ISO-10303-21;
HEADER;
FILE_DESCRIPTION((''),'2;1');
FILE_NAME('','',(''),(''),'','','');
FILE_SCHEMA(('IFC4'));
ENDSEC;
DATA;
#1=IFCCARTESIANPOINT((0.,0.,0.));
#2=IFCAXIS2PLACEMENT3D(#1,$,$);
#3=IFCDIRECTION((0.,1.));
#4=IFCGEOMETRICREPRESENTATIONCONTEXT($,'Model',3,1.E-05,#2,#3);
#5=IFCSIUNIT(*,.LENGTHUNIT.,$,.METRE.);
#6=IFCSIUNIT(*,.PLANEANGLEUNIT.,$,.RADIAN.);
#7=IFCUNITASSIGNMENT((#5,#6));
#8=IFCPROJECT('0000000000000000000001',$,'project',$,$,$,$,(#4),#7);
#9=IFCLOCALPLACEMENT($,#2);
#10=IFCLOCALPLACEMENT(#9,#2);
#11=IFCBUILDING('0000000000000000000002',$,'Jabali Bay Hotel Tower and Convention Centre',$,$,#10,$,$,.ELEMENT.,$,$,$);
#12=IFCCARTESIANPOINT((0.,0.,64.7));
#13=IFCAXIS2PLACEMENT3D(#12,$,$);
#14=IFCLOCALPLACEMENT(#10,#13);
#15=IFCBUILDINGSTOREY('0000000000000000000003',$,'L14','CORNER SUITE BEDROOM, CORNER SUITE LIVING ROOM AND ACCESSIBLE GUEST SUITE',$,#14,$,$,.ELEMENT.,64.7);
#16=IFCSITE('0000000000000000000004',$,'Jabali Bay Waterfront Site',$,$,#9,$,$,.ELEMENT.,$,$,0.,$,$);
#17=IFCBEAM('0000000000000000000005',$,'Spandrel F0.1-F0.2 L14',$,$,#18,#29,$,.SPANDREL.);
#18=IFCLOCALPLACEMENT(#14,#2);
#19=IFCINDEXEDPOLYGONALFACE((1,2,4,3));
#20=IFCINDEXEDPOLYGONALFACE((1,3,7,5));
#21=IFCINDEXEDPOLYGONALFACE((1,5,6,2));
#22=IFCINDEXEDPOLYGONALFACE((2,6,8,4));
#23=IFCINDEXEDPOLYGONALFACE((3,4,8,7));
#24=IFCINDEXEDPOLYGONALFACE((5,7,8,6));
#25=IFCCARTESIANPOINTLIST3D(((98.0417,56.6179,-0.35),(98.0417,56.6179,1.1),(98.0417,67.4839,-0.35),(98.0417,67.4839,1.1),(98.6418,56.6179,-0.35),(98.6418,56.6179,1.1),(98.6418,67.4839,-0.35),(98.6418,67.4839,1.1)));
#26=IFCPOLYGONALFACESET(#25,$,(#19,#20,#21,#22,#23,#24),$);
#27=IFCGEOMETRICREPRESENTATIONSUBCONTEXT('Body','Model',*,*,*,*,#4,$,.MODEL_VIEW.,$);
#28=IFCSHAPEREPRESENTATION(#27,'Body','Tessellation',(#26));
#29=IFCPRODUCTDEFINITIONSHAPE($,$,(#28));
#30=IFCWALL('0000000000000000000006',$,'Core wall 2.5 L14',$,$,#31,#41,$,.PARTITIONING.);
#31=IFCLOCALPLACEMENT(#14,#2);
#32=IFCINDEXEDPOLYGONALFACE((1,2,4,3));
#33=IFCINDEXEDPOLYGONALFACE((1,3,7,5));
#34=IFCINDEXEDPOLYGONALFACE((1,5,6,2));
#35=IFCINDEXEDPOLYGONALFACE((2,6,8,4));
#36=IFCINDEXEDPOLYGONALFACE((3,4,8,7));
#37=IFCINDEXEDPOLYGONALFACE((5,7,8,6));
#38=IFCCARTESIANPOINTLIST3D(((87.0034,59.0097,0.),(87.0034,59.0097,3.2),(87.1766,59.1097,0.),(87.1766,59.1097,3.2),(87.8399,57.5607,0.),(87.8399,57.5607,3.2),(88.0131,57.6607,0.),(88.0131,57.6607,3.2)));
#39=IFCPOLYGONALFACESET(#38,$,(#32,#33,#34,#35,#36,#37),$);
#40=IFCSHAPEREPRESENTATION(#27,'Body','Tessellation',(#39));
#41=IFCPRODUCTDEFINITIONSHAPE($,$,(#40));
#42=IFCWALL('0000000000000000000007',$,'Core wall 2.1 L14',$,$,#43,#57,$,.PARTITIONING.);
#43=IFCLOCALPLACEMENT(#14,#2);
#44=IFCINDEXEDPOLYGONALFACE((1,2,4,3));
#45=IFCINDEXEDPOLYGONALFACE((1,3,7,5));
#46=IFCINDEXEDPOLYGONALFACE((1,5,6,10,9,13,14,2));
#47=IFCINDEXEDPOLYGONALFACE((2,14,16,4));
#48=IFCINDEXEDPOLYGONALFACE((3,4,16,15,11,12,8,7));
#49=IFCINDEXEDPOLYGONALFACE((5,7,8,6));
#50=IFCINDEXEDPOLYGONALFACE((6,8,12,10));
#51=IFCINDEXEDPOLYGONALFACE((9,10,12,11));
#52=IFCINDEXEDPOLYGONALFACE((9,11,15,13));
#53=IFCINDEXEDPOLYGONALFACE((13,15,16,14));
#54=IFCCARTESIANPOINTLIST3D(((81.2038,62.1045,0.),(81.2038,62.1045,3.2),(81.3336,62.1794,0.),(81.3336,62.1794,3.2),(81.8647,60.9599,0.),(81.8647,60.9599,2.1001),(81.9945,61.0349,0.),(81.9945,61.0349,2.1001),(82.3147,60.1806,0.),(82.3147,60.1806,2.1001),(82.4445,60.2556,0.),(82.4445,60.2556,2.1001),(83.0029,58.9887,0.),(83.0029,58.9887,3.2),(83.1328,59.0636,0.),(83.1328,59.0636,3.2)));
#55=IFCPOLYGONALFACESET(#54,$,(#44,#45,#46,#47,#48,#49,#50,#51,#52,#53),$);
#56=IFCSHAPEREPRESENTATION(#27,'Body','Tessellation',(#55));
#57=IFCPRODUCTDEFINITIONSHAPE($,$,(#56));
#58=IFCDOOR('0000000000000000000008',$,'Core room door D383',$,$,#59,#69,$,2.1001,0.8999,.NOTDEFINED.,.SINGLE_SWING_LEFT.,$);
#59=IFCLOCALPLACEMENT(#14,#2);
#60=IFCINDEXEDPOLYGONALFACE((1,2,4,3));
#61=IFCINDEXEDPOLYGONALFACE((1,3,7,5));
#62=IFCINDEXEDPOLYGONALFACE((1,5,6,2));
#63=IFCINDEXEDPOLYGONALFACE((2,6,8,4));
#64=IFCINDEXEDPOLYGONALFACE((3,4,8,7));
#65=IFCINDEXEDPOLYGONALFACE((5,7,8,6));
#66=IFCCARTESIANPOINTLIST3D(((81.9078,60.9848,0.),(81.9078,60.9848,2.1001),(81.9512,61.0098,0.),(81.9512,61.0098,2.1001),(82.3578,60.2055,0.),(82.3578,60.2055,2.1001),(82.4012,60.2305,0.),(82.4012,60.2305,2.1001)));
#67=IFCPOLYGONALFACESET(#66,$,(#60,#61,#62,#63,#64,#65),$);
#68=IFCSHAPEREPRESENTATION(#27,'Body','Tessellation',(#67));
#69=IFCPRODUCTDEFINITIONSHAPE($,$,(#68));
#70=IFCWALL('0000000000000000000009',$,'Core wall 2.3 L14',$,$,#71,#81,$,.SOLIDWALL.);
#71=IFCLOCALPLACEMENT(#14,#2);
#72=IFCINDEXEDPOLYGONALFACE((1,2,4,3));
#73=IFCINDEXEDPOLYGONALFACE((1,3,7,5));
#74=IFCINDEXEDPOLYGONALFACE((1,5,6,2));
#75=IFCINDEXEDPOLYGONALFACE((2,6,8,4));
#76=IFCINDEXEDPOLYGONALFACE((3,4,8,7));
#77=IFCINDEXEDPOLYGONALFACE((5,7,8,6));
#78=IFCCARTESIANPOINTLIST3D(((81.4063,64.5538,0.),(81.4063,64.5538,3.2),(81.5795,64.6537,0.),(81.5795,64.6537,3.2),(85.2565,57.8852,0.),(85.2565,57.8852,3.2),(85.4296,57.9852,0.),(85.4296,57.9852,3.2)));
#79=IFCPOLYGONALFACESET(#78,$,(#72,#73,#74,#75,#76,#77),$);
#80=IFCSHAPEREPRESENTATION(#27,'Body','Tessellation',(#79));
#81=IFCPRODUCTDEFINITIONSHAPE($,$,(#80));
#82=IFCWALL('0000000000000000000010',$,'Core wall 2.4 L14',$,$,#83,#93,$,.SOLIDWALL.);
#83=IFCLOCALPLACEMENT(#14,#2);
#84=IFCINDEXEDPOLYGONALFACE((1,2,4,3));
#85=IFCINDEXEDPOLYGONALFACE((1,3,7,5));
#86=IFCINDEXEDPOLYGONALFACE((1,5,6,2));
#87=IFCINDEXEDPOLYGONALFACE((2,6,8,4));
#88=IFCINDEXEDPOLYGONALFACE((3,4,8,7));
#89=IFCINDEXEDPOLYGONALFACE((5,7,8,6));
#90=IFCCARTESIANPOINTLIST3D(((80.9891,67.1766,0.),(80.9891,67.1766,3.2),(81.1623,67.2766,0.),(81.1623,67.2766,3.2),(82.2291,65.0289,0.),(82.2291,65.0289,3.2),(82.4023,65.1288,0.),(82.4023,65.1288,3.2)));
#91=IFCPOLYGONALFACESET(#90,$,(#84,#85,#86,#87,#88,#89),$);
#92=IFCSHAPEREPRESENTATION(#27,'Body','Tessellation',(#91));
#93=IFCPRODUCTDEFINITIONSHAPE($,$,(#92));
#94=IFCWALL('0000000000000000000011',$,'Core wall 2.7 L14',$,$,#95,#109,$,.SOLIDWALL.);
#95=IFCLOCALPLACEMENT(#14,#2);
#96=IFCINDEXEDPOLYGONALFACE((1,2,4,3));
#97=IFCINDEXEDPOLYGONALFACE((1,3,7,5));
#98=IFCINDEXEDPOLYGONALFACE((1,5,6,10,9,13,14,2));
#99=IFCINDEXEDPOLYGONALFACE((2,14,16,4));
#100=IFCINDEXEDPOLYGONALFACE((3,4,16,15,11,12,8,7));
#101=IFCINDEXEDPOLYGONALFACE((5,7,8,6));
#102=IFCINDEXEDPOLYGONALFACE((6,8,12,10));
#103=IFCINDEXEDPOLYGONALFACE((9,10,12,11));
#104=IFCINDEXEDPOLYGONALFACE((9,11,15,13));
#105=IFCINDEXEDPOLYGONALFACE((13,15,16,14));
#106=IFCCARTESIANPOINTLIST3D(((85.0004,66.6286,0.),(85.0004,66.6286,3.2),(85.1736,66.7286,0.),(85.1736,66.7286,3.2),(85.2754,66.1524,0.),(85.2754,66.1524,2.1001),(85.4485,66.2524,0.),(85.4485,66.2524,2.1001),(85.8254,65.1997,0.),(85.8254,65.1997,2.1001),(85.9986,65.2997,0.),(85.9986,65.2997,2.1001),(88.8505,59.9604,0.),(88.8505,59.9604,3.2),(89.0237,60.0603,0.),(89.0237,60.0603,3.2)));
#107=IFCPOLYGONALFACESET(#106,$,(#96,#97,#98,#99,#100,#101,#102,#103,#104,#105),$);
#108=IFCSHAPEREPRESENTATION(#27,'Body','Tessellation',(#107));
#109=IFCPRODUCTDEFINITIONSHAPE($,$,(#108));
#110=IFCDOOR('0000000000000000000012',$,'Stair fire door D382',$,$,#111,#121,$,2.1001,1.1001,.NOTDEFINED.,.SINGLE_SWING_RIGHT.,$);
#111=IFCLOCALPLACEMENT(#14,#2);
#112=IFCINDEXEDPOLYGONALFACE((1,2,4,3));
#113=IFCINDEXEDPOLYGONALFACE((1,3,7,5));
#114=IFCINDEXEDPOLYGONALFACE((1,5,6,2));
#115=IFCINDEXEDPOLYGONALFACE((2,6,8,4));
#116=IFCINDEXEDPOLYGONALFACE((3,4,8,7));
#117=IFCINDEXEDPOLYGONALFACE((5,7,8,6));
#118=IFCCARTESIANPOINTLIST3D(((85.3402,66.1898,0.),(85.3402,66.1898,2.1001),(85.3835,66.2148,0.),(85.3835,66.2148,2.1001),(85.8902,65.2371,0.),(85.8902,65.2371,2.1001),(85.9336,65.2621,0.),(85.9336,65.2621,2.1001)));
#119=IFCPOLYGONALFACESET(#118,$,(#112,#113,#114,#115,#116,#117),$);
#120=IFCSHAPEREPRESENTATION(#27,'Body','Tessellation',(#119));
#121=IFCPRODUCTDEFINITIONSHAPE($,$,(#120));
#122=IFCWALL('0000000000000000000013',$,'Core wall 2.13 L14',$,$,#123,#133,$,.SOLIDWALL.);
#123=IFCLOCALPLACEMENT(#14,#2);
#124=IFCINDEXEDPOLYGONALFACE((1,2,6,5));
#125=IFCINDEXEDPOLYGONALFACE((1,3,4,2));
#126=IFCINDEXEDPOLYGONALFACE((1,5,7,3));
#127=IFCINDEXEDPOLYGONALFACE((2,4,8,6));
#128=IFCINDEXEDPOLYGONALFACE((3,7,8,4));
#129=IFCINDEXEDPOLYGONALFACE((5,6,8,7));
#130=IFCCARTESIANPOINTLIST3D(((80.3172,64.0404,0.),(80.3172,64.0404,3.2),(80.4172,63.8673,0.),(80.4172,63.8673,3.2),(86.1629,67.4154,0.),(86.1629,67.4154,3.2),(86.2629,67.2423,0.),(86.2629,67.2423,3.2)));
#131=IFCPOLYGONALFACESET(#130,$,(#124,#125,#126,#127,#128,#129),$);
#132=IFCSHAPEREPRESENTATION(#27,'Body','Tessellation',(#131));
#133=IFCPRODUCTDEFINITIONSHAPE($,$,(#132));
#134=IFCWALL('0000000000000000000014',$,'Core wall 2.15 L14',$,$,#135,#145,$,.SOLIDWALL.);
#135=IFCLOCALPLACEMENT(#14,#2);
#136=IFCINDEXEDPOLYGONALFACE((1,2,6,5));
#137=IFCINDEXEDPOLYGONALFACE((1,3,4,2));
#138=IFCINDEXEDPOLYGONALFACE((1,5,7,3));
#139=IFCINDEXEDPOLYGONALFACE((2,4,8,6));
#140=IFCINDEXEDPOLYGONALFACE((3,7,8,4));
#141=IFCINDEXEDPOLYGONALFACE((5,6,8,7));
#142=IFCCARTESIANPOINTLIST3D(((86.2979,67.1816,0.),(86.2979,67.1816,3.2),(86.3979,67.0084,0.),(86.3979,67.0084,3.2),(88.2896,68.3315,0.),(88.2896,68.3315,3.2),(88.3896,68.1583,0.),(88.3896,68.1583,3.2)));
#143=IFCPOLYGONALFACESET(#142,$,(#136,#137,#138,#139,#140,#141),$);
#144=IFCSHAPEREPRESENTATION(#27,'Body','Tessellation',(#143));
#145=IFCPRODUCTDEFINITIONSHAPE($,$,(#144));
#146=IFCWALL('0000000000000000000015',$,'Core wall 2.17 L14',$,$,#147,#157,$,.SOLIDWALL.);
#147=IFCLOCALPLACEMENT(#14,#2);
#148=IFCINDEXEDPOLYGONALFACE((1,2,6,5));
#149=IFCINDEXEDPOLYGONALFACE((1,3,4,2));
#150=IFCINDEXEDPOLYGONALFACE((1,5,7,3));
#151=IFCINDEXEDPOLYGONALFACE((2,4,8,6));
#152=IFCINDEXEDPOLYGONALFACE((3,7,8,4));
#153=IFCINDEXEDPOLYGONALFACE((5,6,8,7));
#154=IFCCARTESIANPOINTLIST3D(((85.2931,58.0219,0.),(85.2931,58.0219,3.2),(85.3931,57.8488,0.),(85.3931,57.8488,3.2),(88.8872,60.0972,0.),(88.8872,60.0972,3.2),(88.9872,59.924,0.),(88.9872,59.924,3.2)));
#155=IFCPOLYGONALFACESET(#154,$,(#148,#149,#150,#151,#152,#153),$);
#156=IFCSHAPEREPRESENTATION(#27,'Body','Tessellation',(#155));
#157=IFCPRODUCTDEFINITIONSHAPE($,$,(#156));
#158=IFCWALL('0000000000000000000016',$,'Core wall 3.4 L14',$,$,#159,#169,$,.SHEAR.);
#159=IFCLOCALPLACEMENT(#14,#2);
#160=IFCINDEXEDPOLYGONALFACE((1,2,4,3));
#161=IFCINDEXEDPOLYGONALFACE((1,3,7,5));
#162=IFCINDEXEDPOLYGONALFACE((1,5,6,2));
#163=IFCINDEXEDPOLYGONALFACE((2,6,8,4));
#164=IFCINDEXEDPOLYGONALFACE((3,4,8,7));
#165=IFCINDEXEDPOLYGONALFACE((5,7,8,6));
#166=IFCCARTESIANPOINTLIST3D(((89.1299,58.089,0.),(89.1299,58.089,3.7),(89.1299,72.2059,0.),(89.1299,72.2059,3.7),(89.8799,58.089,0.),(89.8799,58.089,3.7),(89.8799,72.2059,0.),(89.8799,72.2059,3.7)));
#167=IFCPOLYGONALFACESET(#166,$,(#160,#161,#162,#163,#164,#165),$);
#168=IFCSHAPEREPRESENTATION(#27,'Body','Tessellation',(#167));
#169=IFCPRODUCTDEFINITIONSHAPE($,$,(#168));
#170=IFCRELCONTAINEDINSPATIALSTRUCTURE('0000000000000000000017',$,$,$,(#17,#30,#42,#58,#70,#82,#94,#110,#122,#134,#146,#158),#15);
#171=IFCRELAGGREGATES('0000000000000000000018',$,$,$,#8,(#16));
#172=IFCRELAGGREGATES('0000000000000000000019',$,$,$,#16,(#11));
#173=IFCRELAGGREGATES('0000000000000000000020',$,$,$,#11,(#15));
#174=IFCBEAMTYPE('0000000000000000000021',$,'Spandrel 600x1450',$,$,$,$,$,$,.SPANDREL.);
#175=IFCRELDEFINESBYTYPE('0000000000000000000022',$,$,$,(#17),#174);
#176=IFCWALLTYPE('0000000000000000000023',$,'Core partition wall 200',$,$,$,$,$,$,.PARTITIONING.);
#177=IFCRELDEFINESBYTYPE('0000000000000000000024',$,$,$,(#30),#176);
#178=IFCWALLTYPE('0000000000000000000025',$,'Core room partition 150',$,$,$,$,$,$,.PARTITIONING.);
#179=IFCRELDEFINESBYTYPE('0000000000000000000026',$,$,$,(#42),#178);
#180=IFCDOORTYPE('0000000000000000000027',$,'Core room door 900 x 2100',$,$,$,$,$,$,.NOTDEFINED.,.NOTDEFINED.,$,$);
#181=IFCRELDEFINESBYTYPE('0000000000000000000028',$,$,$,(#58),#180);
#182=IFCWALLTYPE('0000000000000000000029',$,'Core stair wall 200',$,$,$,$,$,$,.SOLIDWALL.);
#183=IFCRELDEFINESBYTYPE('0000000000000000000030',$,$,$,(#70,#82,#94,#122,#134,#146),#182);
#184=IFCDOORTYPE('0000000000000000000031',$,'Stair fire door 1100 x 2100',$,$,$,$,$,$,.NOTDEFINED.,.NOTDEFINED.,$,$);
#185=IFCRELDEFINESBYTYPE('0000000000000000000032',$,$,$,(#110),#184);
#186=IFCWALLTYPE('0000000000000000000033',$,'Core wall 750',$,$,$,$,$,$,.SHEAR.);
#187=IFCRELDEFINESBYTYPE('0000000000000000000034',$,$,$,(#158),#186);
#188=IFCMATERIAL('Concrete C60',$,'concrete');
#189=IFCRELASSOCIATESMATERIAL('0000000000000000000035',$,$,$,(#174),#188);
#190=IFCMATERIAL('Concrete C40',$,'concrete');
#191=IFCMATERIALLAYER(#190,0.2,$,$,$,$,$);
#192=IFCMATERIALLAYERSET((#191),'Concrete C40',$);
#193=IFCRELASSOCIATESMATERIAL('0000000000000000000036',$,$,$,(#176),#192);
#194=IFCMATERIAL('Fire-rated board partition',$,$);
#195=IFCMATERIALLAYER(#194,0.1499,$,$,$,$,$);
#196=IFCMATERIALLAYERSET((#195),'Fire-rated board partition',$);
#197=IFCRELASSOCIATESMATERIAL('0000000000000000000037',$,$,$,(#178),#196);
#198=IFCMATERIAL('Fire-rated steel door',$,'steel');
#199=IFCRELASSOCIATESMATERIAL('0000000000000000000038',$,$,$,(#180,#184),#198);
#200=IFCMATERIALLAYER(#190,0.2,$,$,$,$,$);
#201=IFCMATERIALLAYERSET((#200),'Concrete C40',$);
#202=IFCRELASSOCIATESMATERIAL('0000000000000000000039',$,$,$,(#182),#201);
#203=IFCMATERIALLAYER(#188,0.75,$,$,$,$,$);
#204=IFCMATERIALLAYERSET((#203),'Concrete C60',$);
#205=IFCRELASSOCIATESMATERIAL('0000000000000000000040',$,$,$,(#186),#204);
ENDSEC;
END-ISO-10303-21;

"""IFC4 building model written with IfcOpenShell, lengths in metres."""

from ifc_helpers import new_model, si_unit, direction, frame, frame_2d, origin, origin_2d, place, context, subcontext, project, spatial, rectangle, extrude, material, layer, layer_set, material_profile, profile_set, type_object, element, fill, save


model = new_model("IFC4")

# Units and contexts
model_context = context("Model", 3, precision=1e-05, world=origin(), true_north=direction((0.0, 1.0)))
body_context = subcontext(model_context, "Body", "Model", "MODEL_VIEW")
ifc_project = project(units=[si_unit("LENGTHUNIT", "METRE"), si_unit("PLANEANGLEUNIT", "RADIAN")], contexts=[model_context])

# Site, building, storey
site_placement = place(None, origin())
site = spatial("IfcSite", under=ifc_project, at=site_placement, Name="Jabali Bay Waterfront Site", CompositionType="ELEMENT", RefElevation=0.0)
building_placement = place(site_placement, origin())
building = spatial("IfcBuilding", under=site, at=building_placement, Name="Jabali Bay Hotel Tower and Convention Centre", CompositionType="ELEMENT")
storey_placement = place(building_placement, frame((0.0, 0.0, 64.7)))
storey = spatial("IfcBuildingStorey", under=building, at=storey_placement, Name="L14", Description="CORNER SUITE BEDROOM, CORNER SUITE LIVING ROOM AND ACCESSIBLE GUEST SUITE", CompositionType="ELEMENT", Elevation=64.7)

# Beam
ifc_material_1 = material(Name="Concrete C60", Category="concrete")
ifc_material_profile = material_profile(ifc_material_1, rectangle(XDim=0.6001, YDim=1.45, at=origin_2d()), Name="Spandrel 600x1450")
ifc_profile_set = profile_set([ifc_material_profile], Name="Concrete C60")
beam_type = type_object("IfcBeamType", Name="Spandrel 600x1450", PredefinedType="SPANDREL", material=ifc_profile_set)
beam_placement = place(storey_placement, frame((98.3418, 56.6179, 0.375), z_axis=(0.0, 1.0, 0.0), x_axis=(-1.0, 0.0, 0.0)))
element("IfcBeam", 1, at=beam_placement, inside=storey, type_object=beam_type, Name="Spandrel F0.1-F0.2 L14", PredefinedType="SPANDREL", context=body_context, shape_type="SweptSolid", body=[
    extrude(rectangle(XDim=0.6001, YDim=1.45, at=origin_2d()), origin(), (0.0, 0.0, 1.0), 10.866),
])

# Wall
ifc_material_2 = material(Name="Concrete C40", Category="concrete")
ifc_layer_1 = layer(ifc_material_2, 0.2)
ifc_layer_set_1 = layer_set([ifc_layer_1], Name="Concrete C40")
wall_type_1 = type_object("IfcWallType", Name="Core partition wall 200", PredefinedType="PARTITIONING", material=ifc_layer_set_1)
wall_1_placement = place(storey_placement, frame((87.0901, 59.0596, 0.0), z_axis=(0.0, 0.0, 1.0), x_axis=(0.499937, -0.866062, 0.0)))
element("IfcWall", 2, at=wall_1_placement, inside=storey, type_object=wall_type_1, Name="Core wall 2.5 L14", PredefinedType="PARTITIONING", context=body_context, shape_type="SweptSolid", body=[
    extrude(rectangle(XDim=1.6731, YDim=0.2, at=frame_2d((0.8364, 0.0))), origin(), (0.0, 0.0, 1.0), 3.2),
])

# Wall, opening, door
ifc_material_3 = material(Name="Fire-rated board partition")
ifc_layer_2 = layer(ifc_material_3, 0.1499)
ifc_layer_set_2 = layer_set([ifc_layer_2], Name="Fire-rated board partition")
wall_type_2 = type_object("IfcWallType", Name="Core room partition 150", PredefinedType="PARTITIONING", material=ifc_layer_set_2)
wall_2_placement = place(storey_placement, frame((81.2688, 62.1418, 0.0), z_axis=(0.0, 0.0, 1.0), x_axis=(0.500044, -0.866, 0.0)))
wall_2 = element("IfcWall", 3, at=wall_2_placement, inside=storey, type_object=wall_type_2, Name="Core wall 2.1 L14", PredefinedType="PARTITIONING", context=body_context, shape_type="SweptSolid", body=[
    extrude(rectangle(XDim=3.5979, YDim=0.1499, at=frame_2d((1.7988, 0.0))), origin(), (0.0, 0.0, 1.0), 3.2),
])
opening_1_placement = place(wall_2_placement, frame((1.3215, 0.0, 0.0)))
opening_1 = element("IfcOpeningElement", 4, at=opening_1_placement, cuts=wall_2, PredefinedType="OPENING", context=body_context, shape_type="SweptSolid", body=[
    extrude(rectangle(XDim=0.8999, YDim=2.1001, at=frame_2d((0.45, 1.05))), frame((0.0, 0.0854, 0.0), z_axis=(0.0, -1.0, 0.0), x_axis=(1.0, 0.0, 0.0)), (0.0, 0.0, 1.0), 0.1709),
])
ifc_material_4 = material(Name="Fire-rated steel door", Category="steel")
door_type_1 = type_object("IfcDoorType", Name="Core room door 900 x 2100", OperationType="NOTDEFINED", PredefinedType="NOTDEFINED", material=ifc_material_4)
door_1_placement = place(opening_1_placement, origin())
door_1 = element("IfcDoor", 5, at=door_1_placement, inside=storey, type_object=door_type_1, Name="Core room door D383", OperationType="SINGLE_SWING_LEFT", OverallHeight=2.1001, OverallWidth=0.8999, PredefinedType="NOTDEFINED", context=body_context, shape_type="SweptSolid", body=[
    extrude(rectangle(XDim=0.8999, YDim=2.1001, at=frame_2d((0.45, 1.05))), frame((0.0, 0.0249, 0.0), z_axis=(0.0, -1.0, 0.0), x_axis=(1.0, 0.0, 0.0)), (0.0, 0.0, 1.0), 0.05),
])
fill(opening_1, door_1)

# Walls
ifc_layer_3 = layer(ifc_material_2, 0.2)
ifc_layer_set_3 = layer_set([ifc_layer_3], Name="Concrete C40")
wall_type_3 = type_object("IfcWallType", Name="Core stair wall 200", PredefinedType="SOLIDWALL", material=ifc_layer_set_3)
wall_3_placement = place(storey_placement, frame((81.4929, 64.6038, 0.0), z_axis=(0.0, 0.0, 1.0), x_axis=(0.500006, -0.866022, 0.0)))
element("IfcWall", 6, at=wall_3_placement, inside=storey, type_object=wall_type_3, Name="Core wall 2.3 L14", PredefinedType="SOLIDWALL", context=body_context, shape_type="SweptSolid", body=[
    extrude(rectangle(XDim=7.7002, YDim=0.2, at=frame_2d((3.8501, 0.0))), origin(), (0.0, 0.0, 1.0), 3.2),
])
wall_4_placement = place(storey_placement, frame((81.0757, 67.2266, 0.0), z_axis=(0.0, 0.0, 1.0), x_axis=(0.500004, -0.866023, 0.0)))
element("IfcWall", 7, at=wall_4_placement, inside=storey, type_object=wall_type_3, Name="Core wall 2.4 L14", PredefinedType="SOLIDWALL", context=body_context, shape_type="SweptSolid", body=[
    extrude(rectangle(XDim=2.48, YDim=0.2, at=frame_2d((1.24, 0.0))), origin(), (0.0, 0.0, 1.0), 3.2),
])

# Wall, opening, door
wall_5_placement = place(storey_placement, frame((85.0869, 66.6787, 0.0), z_axis=(0.0, 0.0, 1.0), x_axis=(0.50002, -0.866014, 0.0)))
wall_5 = element("IfcWall", 8, at=wall_5_placement, inside=storey, type_object=wall_type_3, Name="Core wall 2.7 L14", PredefinedType="SOLIDWALL", context=body_context, shape_type="SweptSolid", body=[
    extrude(rectangle(XDim=7.7, YDim=0.2, at=frame_2d((3.8501, 0.0))), origin(), (0.0, 0.0, 1.0), 3.2),
])
opening_2_placement = place(wall_5_placement, frame((0.55, 0.0, 0.0)))
opening_2 = element("IfcOpeningElement", 9, at=opening_2_placement, cuts=wall_5, PredefinedType="OPENING", context=body_context, shape_type="SweptSolid", body=[
    extrude(rectangle(XDim=1.1001, YDim=2.1001, at=frame_2d((0.55, 1.05))), frame((0.0, 0.1104, 0.0), z_axis=(0.0, -1.0, 0.0), x_axis=(1.0, 0.0, 0.0)), (0.0, 0.0, 1.0), 0.2209),
])
door_type_2 = type_object("IfcDoorType", Name="Stair fire door 1100 x 2100", OperationType="NOTDEFINED", PredefinedType="NOTDEFINED", material=ifc_material_4)
door_2_placement = place(opening_2_placement, origin())
door_2 = element("IfcDoor", 10, at=door_2_placement, inside=storey, type_object=door_type_2, Name="Stair fire door D382", OperationType="SINGLE_SWING_RIGHT", OverallHeight=2.1001, OverallWidth=1.1001, PredefinedType="NOTDEFINED", context=body_context, shape_type="SweptSolid", body=[
    extrude(rectangle(XDim=1.1001, YDim=2.1001, at=frame_2d((0.55, 1.05))), frame((0.0, 0.0249, 0.0), z_axis=(0.0, -1.0, 0.0), x_axis=(1.0, 0.0, 0.0)), (0.0, 0.0, 1.0), 0.05),
])
fill(opening_2, door_2)

# Walls
wall_6_placement = place(storey_placement, frame((80.3672, 63.9539, 0.0), z_axis=(0.0, 0.0, 1.0), x_axis=(0.866027, 0.499998, 0.0)))
element("IfcWall", 11, at=wall_6_placement, inside=storey, type_object=wall_type_3, Name="Core wall 2.13 L14", PredefinedType="SOLIDWALL", context=body_context, shape_type="SweptSolid", body=[
    extrude(rectangle(XDim=6.75, YDim=0.2, at=frame_2d((3.375, 0.0))), origin(), (0.0, 0.0, 1.0), 3.2),
])
wall_7_placement = place(storey_placement, frame((86.3479, 67.095, 0.0), z_axis=(0.0, 0.0, 1.0), x_axis=(0.866026, 0.499998, 0.0)))
element("IfcWall", 12, at=wall_7_placement, inside=storey, type_object=wall_type_3, Name="Core wall 2.15 L14", PredefinedType="SOLIDWALL", context=body_context, shape_type="SweptSolid", body=[
    extrude(rectangle(XDim=2.2998, YDim=0.2, at=frame_2d((1.1499, 0.0))), origin(), (0.0, 0.0, 1.0), 3.2),
])
wall_8_placement = place(storey_placement, frame((85.343, 57.9353, 0.0), z_axis=(0.0, 0.0, 1.0), x_axis=(0.866004, 0.500036, 0.0)))
element("IfcWall", 13, at=wall_8_placement, inside=storey, type_object=wall_type_3, Name="Core wall 2.17 L14", PredefinedType="SOLIDWALL", context=body_context, shape_type="SweptSolid", body=[
    extrude(rectangle(XDim=4.1501, YDim=0.2, at=frame_2d((2.0752, 0.0))), origin(), (0.0, 0.0, 1.0), 3.2),
])
ifc_layer_4 = layer(ifc_material_1, 0.75)
ifc_layer_set_4 = layer_set([ifc_layer_4], Name="Concrete C60")
wall_type_4 = type_object("IfcWallType", Name="Core wall 750", PredefinedType="SHEAR", material=ifc_layer_set_4)
wall_9_placement = place(storey_placement, frame((89.5049, 58.0889, 0.0), z_axis=(0.0, 0.0, 1.0), x_axis=(0.0, 1.0, 0.0)))
element("IfcWall", 14, at=wall_9_placement, inside=storey, type_object=wall_type_4, Name="Core wall 3.4 L14", PredefinedType="SHEAR", context=body_context, shape_type="SweptSolid", body=[
    extrude(rectangle(XDim=14.1169, YDim=0.75, at=frame_2d((7.0586, 0.0))), origin(), (0.0, 0.0, 1.0), 3.7),
])

save(model, "model.ifc")
